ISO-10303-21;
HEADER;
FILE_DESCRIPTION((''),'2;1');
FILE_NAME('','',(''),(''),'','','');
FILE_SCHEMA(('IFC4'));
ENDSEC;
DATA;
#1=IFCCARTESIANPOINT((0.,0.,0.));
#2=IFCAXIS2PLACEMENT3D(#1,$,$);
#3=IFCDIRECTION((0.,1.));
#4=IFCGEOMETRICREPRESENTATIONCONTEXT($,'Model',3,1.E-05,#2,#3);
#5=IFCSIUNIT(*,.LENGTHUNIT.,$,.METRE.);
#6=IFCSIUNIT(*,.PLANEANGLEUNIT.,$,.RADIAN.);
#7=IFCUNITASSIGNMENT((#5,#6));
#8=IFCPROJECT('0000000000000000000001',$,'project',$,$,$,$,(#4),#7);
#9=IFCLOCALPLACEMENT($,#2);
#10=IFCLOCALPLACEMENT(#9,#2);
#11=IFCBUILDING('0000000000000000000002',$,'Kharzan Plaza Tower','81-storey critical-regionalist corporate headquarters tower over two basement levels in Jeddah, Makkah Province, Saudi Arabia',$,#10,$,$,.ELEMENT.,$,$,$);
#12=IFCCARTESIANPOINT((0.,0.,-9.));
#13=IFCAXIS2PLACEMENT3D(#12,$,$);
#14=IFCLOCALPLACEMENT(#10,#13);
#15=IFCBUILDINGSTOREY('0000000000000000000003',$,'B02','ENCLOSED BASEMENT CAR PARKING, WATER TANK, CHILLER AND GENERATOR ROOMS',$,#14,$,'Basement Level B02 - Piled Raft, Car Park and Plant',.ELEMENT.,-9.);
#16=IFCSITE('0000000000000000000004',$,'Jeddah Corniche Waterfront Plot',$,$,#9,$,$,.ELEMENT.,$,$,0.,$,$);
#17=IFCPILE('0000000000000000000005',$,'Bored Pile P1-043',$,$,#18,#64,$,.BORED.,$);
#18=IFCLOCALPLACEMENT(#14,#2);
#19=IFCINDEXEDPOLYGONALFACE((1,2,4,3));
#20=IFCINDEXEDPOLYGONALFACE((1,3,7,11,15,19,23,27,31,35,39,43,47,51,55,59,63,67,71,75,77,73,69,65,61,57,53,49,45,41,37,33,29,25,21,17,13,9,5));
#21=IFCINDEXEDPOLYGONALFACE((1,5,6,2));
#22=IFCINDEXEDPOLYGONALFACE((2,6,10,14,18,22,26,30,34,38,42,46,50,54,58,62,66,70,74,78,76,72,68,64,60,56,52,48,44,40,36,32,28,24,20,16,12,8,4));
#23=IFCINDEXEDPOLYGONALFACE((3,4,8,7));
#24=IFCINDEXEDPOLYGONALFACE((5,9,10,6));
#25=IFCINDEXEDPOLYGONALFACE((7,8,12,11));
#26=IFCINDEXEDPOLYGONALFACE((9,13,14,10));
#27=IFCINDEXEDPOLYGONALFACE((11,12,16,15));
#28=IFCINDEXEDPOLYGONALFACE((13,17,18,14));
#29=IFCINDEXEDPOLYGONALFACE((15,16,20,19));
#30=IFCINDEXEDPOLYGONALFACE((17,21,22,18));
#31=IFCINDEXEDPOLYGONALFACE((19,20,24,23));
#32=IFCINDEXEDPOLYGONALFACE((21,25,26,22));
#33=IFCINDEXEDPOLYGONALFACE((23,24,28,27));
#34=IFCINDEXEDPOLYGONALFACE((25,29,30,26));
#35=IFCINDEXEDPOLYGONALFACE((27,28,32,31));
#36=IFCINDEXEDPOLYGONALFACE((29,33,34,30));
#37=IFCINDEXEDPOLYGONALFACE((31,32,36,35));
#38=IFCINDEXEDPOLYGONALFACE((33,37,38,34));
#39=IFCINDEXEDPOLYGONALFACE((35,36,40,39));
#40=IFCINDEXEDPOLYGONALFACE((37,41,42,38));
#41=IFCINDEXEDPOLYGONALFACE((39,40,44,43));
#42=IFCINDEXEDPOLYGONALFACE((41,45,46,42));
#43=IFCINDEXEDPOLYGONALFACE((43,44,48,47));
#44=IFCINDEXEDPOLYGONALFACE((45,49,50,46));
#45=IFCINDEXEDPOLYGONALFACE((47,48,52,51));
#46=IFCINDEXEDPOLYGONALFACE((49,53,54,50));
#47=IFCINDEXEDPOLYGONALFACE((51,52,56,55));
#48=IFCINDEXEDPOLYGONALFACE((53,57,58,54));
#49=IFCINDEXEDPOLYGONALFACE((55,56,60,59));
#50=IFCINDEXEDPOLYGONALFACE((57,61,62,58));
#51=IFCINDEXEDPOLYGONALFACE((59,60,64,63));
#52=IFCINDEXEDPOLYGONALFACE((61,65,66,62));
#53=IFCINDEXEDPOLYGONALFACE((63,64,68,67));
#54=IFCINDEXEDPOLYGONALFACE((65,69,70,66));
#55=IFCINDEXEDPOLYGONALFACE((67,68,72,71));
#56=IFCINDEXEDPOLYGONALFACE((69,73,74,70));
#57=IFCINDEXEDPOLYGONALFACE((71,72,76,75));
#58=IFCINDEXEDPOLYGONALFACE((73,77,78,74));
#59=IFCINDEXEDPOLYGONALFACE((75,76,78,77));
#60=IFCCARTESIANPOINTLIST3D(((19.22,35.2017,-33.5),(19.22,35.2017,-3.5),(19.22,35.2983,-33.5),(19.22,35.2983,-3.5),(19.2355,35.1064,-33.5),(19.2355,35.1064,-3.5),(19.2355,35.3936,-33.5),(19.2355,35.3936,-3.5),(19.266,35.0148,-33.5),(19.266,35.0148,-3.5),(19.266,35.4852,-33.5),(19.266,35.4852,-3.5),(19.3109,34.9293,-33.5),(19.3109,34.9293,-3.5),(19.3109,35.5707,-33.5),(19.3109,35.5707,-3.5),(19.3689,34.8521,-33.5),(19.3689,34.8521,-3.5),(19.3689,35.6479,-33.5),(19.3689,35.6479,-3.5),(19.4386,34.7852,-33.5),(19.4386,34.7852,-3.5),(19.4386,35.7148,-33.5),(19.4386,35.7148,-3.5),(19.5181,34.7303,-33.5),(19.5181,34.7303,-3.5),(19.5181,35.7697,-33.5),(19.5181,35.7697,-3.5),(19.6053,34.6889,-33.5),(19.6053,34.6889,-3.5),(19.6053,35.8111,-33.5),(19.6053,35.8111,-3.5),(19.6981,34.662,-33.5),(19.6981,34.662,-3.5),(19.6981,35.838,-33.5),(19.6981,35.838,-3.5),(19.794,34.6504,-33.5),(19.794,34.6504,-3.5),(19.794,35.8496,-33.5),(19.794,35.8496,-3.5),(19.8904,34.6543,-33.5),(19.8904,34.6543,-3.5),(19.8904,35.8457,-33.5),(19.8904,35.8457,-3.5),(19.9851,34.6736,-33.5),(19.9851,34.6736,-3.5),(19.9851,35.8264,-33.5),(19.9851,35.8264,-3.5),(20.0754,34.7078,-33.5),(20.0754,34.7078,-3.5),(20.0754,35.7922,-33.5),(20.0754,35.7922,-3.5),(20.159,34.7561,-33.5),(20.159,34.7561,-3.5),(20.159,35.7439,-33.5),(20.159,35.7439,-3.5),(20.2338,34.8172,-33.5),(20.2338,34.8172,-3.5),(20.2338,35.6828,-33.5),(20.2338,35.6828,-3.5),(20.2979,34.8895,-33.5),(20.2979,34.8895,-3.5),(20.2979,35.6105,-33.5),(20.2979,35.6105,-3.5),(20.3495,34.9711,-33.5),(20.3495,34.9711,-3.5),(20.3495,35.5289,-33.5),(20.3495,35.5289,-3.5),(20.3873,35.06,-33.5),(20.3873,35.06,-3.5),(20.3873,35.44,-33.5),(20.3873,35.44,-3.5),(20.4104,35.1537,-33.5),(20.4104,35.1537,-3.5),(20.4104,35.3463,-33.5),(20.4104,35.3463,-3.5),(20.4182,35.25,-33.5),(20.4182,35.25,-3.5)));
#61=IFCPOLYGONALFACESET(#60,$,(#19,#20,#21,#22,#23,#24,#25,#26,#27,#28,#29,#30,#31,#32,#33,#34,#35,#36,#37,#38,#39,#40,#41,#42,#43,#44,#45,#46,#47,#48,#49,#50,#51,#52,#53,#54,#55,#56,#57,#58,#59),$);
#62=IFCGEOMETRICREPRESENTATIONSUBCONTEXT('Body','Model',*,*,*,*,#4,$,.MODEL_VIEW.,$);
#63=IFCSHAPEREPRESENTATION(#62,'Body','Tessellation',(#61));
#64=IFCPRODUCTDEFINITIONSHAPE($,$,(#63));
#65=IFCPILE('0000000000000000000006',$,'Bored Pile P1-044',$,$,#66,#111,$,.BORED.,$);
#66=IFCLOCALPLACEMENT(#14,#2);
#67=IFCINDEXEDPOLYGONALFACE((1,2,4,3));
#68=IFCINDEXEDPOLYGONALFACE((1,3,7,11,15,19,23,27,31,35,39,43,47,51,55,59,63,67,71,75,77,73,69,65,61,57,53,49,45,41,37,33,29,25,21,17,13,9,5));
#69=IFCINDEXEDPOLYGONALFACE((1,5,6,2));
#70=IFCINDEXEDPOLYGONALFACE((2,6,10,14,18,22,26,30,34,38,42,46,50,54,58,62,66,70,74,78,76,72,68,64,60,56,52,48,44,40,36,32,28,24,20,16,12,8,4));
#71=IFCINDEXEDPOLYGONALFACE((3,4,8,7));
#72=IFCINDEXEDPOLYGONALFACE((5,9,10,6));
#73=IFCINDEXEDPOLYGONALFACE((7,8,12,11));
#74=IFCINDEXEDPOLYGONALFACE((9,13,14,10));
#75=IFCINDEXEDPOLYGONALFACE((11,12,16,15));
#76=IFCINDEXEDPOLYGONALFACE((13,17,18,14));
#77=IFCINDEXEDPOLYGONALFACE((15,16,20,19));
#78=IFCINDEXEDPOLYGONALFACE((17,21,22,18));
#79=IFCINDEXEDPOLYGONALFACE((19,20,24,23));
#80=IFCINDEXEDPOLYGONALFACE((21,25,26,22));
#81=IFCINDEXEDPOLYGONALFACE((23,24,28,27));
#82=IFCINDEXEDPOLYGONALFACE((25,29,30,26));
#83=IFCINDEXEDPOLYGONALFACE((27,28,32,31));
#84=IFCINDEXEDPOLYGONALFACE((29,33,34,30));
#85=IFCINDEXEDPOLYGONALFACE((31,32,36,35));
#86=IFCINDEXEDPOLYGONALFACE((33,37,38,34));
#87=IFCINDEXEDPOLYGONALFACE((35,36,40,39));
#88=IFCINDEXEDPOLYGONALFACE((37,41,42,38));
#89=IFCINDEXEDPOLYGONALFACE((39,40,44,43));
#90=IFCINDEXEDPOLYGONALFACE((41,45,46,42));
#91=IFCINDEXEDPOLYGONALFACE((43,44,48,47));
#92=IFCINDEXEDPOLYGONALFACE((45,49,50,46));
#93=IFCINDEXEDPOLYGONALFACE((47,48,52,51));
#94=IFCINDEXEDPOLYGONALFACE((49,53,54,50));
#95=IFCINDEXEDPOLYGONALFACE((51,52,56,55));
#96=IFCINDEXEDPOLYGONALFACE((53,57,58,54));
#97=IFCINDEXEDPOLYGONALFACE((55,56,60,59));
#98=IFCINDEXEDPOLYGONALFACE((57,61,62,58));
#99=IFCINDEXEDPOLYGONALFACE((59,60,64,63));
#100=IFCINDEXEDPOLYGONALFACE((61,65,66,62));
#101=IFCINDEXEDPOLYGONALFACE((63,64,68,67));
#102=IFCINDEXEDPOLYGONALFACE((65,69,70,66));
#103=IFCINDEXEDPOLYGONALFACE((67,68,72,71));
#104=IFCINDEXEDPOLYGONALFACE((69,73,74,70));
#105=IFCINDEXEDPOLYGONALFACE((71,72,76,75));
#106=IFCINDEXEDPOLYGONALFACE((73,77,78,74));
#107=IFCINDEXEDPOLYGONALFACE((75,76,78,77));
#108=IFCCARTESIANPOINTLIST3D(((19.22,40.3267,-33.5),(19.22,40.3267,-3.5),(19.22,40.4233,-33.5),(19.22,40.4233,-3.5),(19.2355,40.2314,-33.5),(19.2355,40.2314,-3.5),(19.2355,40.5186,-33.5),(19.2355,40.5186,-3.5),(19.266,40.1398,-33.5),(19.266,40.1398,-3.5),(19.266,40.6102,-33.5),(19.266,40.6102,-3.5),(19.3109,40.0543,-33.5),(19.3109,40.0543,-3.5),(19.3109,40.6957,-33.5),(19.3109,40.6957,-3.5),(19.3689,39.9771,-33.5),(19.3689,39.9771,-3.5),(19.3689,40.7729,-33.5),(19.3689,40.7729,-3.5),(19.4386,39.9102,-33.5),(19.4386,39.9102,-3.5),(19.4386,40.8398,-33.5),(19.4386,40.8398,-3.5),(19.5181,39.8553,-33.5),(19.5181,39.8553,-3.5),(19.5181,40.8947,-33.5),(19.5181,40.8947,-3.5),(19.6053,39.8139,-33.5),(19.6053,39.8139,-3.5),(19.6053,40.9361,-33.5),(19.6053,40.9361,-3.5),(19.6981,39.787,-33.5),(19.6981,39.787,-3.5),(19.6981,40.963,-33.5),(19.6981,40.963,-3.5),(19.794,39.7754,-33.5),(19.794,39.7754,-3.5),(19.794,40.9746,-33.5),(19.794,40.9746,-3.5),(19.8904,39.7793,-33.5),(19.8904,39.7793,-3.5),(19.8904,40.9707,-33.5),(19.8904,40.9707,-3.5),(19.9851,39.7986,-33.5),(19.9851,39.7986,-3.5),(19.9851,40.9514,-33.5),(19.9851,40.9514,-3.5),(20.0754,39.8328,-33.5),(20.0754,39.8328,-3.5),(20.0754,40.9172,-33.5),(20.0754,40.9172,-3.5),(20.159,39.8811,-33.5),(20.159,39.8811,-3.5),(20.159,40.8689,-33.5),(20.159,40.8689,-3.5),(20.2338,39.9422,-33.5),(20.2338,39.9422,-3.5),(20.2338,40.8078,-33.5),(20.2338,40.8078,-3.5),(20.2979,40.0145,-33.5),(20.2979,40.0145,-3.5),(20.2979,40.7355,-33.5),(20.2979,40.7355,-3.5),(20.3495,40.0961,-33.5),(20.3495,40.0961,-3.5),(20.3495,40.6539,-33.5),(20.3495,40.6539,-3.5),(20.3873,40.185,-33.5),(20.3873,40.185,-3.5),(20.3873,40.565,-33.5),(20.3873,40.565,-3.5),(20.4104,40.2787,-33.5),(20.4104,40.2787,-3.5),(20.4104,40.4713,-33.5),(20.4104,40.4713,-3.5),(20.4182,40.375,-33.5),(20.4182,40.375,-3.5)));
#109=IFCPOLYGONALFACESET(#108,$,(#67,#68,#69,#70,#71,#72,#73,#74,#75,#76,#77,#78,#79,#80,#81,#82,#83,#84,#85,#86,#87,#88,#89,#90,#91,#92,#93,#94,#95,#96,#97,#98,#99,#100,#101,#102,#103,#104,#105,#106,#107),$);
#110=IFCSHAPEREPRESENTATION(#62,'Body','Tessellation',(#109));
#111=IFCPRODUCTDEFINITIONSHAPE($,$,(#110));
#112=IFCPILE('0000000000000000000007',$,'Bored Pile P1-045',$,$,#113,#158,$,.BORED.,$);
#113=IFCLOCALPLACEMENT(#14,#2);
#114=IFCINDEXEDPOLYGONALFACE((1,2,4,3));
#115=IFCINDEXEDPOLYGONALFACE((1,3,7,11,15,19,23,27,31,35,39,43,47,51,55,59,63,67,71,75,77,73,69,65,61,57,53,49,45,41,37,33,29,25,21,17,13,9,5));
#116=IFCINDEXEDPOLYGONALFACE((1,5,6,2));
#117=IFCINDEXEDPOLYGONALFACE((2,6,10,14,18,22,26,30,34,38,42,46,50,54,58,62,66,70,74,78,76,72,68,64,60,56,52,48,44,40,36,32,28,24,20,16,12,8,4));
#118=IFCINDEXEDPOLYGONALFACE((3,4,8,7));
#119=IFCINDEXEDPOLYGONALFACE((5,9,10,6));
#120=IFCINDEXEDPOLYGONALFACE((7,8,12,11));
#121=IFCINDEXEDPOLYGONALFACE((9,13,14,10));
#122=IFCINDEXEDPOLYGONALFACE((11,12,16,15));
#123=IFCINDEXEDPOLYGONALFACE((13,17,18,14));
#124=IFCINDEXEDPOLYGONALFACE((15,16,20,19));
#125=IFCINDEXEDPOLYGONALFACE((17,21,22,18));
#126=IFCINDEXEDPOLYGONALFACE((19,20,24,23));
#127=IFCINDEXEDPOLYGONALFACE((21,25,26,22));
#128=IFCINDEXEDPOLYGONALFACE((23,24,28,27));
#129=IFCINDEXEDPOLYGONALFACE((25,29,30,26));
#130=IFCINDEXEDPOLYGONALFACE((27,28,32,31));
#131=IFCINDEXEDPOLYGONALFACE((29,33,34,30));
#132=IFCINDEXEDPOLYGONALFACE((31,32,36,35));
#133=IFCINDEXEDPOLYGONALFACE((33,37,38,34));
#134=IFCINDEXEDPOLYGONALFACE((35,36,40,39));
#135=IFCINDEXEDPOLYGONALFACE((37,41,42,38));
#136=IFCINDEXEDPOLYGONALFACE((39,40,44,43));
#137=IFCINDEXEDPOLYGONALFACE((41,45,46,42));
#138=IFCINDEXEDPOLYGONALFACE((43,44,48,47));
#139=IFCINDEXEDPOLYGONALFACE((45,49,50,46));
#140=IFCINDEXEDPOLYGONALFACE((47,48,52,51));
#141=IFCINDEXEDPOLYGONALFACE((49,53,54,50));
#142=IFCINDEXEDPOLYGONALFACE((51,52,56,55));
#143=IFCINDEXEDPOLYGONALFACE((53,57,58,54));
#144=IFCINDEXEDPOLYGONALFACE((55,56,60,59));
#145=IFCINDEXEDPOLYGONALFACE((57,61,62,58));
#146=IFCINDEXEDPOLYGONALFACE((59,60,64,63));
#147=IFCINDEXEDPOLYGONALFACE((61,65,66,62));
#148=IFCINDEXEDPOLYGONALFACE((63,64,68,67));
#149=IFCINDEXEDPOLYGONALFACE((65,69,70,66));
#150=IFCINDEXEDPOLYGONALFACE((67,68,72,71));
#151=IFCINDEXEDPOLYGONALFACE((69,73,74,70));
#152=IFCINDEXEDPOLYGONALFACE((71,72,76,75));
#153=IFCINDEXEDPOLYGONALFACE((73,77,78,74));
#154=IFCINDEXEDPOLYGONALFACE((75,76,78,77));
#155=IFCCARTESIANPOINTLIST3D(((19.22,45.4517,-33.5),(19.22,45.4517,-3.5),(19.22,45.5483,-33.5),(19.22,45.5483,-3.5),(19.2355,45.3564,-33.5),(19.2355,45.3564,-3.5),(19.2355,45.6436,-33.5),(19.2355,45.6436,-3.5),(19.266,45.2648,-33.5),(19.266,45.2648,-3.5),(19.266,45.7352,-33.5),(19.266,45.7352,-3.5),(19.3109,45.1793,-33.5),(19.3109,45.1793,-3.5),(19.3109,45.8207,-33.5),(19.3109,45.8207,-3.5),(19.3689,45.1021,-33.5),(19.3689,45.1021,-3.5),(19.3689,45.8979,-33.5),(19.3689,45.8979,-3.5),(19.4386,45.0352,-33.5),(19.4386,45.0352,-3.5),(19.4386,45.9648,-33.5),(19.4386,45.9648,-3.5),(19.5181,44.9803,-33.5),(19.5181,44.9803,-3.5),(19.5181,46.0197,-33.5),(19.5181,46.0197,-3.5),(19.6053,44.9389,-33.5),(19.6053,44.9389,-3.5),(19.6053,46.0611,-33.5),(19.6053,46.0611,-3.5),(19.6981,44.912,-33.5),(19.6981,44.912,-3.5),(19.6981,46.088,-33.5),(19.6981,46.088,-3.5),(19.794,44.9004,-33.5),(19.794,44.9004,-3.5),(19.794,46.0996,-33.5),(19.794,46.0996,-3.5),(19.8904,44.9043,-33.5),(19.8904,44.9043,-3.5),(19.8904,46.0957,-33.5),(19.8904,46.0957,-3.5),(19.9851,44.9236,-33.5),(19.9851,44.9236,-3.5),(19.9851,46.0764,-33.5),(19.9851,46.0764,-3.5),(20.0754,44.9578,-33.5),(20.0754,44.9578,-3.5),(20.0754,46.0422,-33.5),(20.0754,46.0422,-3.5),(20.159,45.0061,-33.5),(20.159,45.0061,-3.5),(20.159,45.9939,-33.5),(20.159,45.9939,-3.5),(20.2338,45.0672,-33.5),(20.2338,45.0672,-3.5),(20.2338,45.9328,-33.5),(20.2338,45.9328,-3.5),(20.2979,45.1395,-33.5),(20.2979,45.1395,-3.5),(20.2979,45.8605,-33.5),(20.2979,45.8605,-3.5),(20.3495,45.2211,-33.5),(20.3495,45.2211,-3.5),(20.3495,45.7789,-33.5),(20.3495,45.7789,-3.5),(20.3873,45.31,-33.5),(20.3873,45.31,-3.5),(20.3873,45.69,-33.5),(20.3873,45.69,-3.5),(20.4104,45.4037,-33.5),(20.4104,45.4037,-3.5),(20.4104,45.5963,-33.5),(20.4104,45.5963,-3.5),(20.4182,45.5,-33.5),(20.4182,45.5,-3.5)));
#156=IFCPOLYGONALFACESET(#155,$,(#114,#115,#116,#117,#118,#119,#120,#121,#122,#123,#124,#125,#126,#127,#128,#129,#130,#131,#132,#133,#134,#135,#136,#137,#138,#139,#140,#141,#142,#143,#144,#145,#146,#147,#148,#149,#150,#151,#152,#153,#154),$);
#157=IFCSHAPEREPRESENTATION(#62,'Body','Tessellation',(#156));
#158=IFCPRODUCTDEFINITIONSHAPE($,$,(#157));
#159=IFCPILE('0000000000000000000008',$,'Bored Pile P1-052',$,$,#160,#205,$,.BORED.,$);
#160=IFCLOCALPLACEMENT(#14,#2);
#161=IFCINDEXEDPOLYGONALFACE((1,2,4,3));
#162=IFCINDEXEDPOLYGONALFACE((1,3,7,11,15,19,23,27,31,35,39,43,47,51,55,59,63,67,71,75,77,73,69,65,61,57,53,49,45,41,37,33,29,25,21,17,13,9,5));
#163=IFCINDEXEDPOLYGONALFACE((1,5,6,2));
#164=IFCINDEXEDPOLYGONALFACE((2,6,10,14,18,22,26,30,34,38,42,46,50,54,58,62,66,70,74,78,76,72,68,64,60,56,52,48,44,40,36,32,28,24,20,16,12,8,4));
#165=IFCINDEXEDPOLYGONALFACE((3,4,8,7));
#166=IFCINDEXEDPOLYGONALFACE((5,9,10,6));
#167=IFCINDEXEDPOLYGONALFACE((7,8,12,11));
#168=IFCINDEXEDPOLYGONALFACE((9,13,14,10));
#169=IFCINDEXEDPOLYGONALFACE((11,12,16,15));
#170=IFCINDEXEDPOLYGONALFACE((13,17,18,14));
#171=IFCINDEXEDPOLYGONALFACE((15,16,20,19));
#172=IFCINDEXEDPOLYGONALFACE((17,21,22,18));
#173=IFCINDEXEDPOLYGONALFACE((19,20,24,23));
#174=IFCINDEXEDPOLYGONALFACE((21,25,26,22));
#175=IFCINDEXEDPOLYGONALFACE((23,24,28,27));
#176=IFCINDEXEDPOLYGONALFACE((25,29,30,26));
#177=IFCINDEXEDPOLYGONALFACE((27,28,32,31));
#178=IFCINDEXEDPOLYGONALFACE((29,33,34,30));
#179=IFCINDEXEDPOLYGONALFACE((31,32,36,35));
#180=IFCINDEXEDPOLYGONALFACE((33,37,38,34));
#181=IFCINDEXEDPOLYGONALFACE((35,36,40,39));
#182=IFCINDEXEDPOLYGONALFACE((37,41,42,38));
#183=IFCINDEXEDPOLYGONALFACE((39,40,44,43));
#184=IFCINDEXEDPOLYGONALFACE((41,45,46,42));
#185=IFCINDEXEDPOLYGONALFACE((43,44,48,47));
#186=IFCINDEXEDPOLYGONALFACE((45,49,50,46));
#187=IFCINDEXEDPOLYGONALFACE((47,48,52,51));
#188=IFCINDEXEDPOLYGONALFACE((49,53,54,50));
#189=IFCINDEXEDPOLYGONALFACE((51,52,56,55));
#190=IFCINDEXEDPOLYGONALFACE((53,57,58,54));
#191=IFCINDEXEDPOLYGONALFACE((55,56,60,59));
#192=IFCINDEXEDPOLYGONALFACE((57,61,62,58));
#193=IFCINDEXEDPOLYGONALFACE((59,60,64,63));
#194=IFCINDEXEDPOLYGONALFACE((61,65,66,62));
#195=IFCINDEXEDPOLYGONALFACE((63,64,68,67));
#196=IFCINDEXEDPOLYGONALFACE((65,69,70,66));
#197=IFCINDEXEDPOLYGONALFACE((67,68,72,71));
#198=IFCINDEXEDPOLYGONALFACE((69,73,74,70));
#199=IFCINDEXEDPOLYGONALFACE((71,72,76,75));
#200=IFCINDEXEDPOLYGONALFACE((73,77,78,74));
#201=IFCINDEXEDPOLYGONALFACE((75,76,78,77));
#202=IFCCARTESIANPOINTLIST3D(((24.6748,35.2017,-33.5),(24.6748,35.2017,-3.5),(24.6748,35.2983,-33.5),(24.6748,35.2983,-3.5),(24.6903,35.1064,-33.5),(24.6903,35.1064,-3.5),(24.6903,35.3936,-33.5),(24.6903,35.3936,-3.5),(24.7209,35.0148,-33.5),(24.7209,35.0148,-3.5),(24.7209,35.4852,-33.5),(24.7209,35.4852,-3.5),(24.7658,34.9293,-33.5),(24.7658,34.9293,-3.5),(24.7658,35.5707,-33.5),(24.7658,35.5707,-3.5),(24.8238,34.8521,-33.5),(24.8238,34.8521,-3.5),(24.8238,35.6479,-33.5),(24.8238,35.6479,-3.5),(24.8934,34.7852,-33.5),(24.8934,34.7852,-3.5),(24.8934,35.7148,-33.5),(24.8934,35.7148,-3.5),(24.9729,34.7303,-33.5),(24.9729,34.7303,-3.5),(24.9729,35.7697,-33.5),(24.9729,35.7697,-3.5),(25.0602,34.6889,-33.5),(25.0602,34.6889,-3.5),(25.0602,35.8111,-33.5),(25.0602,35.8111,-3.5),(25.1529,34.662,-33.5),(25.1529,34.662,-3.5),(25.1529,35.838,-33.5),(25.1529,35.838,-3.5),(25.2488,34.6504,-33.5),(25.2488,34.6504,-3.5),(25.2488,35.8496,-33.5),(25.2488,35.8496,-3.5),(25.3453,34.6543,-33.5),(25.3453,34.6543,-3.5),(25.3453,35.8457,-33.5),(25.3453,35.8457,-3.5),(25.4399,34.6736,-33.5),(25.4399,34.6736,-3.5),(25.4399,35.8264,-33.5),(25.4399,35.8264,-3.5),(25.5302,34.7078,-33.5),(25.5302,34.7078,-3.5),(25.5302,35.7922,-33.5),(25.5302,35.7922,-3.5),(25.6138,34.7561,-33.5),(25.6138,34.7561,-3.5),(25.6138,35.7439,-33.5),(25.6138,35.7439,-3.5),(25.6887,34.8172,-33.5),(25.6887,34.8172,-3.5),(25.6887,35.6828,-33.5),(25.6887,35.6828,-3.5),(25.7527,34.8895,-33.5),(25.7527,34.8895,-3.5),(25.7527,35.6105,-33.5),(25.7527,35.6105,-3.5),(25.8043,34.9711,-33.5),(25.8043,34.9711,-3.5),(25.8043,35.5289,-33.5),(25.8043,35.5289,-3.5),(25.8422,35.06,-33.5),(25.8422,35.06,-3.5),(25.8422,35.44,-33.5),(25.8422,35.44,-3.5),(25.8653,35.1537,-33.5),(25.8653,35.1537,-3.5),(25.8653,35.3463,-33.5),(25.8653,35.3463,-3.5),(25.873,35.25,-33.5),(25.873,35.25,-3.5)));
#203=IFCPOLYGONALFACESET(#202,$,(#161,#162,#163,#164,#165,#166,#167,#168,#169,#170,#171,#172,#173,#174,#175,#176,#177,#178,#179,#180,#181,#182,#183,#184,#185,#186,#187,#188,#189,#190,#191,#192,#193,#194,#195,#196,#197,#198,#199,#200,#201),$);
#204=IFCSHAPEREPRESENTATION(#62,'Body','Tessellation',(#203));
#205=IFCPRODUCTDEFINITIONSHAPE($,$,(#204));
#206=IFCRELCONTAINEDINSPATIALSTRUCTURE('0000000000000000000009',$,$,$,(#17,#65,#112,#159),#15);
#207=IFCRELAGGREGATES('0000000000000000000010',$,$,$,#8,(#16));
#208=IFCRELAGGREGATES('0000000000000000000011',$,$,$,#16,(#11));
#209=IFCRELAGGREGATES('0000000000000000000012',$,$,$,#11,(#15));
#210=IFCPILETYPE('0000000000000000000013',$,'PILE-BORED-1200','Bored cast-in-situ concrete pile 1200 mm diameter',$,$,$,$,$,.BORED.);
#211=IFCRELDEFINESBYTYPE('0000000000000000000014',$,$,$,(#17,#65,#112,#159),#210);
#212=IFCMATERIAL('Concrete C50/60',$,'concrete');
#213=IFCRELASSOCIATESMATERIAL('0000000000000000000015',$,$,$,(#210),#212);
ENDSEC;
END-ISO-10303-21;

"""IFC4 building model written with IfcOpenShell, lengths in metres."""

from ifc_helpers import new_model, si_unit, direction, frame, origin, origin_2d, place, context, subcontext, project, spatial, circle, extrude, source, transform, mapped, material, material_profile, profile_set, type_object, element, save


model = new_model("IFC4")

# Units and contexts
model_context = context("Model", 3, precision=1e-05, world=origin(), true_north=direction((0.0, 1.0)))
body_context = subcontext(model_context, "Body", "Model", "MODEL_VIEW")
ifc_project = project(units=[si_unit("LENGTHUNIT", "METRE"), si_unit("PLANEANGLEUNIT", "RADIAN")], contexts=[model_context])

# Site, building, storey
site_placement = place(None, origin())
site = spatial("IfcSite", under=ifc_project, at=site_placement, Name="Jeddah Corniche Waterfront Plot", CompositionType="ELEMENT", RefElevation=0.0)
building_placement = place(site_placement, origin())
building = spatial("IfcBuilding", under=site, at=building_placement, Name="Kharzan Plaza Tower", Description="81-storey critical-regionalist corporate headquarters tower over two basement levels in Jeddah, Makkah Province, Saudi Arabia", CompositionType="ELEMENT")
storey_placement = place(building_placement, frame((0.0, 0.0, -9.0)))
storey = spatial("IfcBuildingStorey", under=building, at=storey_placement, Name="B02", Description="ENCLOSED BASEMENT CAR PARKING, WATER TANK, CHILLER AND GENERATOR ROOMS", LongName="Basement Level B02 - Piled Raft, Car Park and Plant", CompositionType="ELEMENT", Elevation=-9.0)

# Piles
ifc_material_1 = material(Name="Concrete C50/60", Category="concrete")
ifc_material_profile_1 = material_profile(ifc_material_1, circle(Radius=0.6001, at=origin_2d()), Name="PILE-D1200")
ifc_profile_set_1 = profile_set([ifc_material_profile_1], Name="Concrete C50/60")
pile_type = type_object("IfcPileType", Name="PILE-BORED-1200", Description="Bored cast-in-situ concrete pile 1200 mm diameter", PredefinedType="BORED", material=ifc_profile_set_1)
shared_shape_1 = source(origin(), body_context, "Body", "SweptSolid", [
    extrude(circle(Radius=0.6001, at=origin_2d()), origin(), (0.0, 0.0, 1.0), 30.0),
])
for number, where, z_axis, x_axis, name in (
    (1, (19.8181, 35.25, -3.5), (0.0, 0.0, -1.0), (1.0, 0.0, 0.0), "Bored Pile P1-043"),
    (2, (19.8181, 40.375, -3.5), (0.0, 0.0, -1.0), (1.0, 0.0, 0.0), "Bored Pile P1-044"),
    (3, (19.8181, 45.5, -3.5), (0.0, 0.0, -1.0), (1.0, 0.0, 0.0), "Bored Pile P1-045"),
    (4, (25.2729, 35.25, -3.5), (0.0, 0.0, -1.0), (1.0, 0.0, 0.0), "Bored Pile P1-052"),
):
    element("IfcPile", number, at=place(storey_placement, frame(where, z_axis=z_axis, x_axis=x_axis)), inside=storey, type_object=pile_type, Name=name, PredefinedType="BORED", context=body_context, shape_type="MappedRepresentation", body=[
        mapped(shared_shape_1, transform((0.0, 0.0, 0.0), x_axis=(1.0, 0.0, 0.0), y_axis=(0.0, 1.0, 0.0), z_axis=(0.0, 0.0, 1.0))),
    ])

save(model, "model.ifc")
